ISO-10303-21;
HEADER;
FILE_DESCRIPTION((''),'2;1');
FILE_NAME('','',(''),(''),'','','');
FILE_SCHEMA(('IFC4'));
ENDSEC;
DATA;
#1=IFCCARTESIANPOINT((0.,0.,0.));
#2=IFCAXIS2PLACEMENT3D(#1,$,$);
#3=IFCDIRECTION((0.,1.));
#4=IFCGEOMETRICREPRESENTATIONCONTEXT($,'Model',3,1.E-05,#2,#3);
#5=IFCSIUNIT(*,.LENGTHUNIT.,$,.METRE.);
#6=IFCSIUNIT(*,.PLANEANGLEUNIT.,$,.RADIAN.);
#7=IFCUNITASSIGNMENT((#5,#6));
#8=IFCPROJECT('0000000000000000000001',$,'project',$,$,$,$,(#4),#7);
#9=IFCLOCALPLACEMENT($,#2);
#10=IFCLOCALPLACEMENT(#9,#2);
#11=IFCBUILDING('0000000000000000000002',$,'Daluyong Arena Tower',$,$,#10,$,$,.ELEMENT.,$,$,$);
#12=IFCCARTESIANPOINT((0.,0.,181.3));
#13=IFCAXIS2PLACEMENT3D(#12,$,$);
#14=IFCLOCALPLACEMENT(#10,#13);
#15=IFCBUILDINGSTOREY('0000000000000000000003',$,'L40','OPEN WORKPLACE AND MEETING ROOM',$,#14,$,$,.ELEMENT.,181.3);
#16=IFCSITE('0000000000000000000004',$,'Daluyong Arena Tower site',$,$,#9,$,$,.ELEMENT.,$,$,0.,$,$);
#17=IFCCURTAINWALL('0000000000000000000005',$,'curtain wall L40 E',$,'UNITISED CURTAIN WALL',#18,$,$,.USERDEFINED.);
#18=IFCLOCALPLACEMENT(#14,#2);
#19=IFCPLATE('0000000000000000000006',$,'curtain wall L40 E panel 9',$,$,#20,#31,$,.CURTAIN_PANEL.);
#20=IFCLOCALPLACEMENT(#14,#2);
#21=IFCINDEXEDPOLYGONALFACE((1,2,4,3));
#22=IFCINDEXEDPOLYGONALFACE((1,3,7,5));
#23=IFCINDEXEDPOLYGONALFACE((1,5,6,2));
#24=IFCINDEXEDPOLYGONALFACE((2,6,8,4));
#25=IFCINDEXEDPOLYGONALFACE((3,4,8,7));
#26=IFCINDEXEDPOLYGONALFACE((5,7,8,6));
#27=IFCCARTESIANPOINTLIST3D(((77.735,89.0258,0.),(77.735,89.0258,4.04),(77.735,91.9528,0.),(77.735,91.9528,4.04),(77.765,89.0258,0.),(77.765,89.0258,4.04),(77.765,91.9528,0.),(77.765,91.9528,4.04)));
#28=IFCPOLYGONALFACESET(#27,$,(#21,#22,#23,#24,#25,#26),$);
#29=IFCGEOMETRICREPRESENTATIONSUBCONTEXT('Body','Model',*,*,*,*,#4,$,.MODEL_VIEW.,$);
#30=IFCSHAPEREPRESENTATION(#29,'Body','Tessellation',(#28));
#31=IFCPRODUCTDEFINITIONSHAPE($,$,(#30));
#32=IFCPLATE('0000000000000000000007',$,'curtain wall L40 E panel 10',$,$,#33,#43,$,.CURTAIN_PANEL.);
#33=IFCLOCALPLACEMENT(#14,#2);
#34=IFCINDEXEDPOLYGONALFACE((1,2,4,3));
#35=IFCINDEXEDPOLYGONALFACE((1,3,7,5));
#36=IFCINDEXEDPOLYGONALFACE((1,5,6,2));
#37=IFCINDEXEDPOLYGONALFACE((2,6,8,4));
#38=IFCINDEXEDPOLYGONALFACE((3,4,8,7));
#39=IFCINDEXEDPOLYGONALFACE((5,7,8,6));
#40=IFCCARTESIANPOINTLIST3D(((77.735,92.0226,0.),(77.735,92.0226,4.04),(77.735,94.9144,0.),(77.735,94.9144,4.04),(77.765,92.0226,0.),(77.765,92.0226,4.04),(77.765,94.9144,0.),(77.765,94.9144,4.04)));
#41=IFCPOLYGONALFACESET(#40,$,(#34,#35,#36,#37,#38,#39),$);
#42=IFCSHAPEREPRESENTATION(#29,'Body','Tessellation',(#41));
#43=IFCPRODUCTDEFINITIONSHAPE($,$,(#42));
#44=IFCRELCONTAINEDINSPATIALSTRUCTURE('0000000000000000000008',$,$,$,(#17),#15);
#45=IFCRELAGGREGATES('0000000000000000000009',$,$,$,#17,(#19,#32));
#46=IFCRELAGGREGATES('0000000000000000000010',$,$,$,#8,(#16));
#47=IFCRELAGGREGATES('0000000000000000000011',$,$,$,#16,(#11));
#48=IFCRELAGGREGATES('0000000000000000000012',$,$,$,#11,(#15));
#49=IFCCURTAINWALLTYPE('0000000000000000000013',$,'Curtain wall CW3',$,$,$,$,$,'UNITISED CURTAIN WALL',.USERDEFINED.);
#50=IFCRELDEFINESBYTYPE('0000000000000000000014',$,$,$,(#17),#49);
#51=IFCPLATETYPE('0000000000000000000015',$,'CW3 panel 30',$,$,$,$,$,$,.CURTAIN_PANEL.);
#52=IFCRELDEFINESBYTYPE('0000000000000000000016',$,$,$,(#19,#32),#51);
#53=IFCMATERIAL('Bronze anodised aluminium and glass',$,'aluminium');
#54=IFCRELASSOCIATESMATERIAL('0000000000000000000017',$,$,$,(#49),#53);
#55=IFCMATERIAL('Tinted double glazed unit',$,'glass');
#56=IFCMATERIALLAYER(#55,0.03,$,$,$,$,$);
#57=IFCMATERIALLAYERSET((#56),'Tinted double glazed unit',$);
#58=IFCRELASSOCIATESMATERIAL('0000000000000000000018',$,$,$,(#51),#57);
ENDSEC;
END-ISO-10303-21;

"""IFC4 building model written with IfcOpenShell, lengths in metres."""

from ifc_helpers import new_model, si_unit, direction, frame, origin, origin_2d, place, context, subcontext, project, spatial, rectangle, extrude, material, layer, layer_set, type_object, element, aggregate, save


model = new_model("IFC4")

# Units and contexts
model_context = context("Model", 3, precision=1e-05, world=origin(), true_north=direction((0.0, 1.0)))
body_context = subcontext(model_context, "Body", "Model", "MODEL_VIEW")
ifc_project = project(units=[si_unit("LENGTHUNIT", "METRE"), si_unit("PLANEANGLEUNIT", "RADIAN")], contexts=[model_context])

# Site, building, storey
site_placement = place(None, origin())
site = spatial("IfcSite", under=ifc_project, at=site_placement, Name="Daluyong Arena Tower site", CompositionType="ELEMENT", RefElevation=0.0)
building_placement = place(site_placement, origin())
building = spatial("IfcBuilding", under=site, at=building_placement, Name="Daluyong Arena Tower", CompositionType="ELEMENT")
storey_placement = place(building_placement, frame((0.0, 0.0, 181.3)))
storey = spatial("IfcBuildingStorey", under=building, at=storey_placement, Name="L40", Description="OPEN WORKPLACE AND MEETING ROOM", CompositionType="ELEMENT", Elevation=181.3)

# Curtain wall
ifc_material_1 = material(Name="Bronze anodised aluminium and glass", Category="aluminium")
curtain_wall_type = type_object("IfcCurtainWallType", Name="Curtain wall CW3", ElementType="UNITISED CURTAIN WALL", PredefinedType="USERDEFINED", material=ifc_material_1)
curtain_wall_placement = place(storey_placement, origin())
curtain_wall = element("IfcCurtainWall", 1, at=curtain_wall_placement, inside=storey, type_object=curtain_wall_type, Name="curtain wall L40 E", ObjectType="UNITISED CURTAIN WALL", PredefinedType="USERDEFINED")

# Plates
ifc_material_2 = material(Name="Tinted double glazed unit", Category="glass")
ifc_layer = layer(ifc_material_2, 0.03)
ifc_layer_set = layer_set([ifc_layer], Name="Tinted double glazed unit")
plate_type = type_object("IfcPlateType", Name="CW3 panel 30", PredefinedType="CURTAIN_PANEL", material=ifc_layer_set)
plate_1_placement = place(storey_placement, frame((77.75, 90.4893, 0.0), z_axis=(0.0, 0.0, 1.0), x_axis=(0.0, 1.0, 0.0)))
plate_1 = element("IfcPlate", 2, at=plate_1_placement, type_object=plate_type, Name="curtain wall L40 E panel 9", PredefinedType="CURTAIN_PANEL", context=body_context, shape_type="SweptSolid", body=[
    extrude(rectangle(XDim=2.927, YDim=0.03, at=origin_2d()), origin(), (0.0, 0.0, 1.0), 4.04),
])
plate_2_placement = place(storey_placement, frame((77.75, 93.4685, 0.0), z_axis=(0.0, 0.0, 1.0), x_axis=(0.0, 1.0, 0.0)))
plate_2 = element("IfcPlate", 3, at=plate_2_placement, type_object=plate_type, Name="curtain wall L40 E panel 10", PredefinedType="CURTAIN_PANEL", context=body_context, shape_type="SweptSolid", body=[
    extrude(rectangle(XDim=2.8918, YDim=0.03, at=origin_2d()), origin(), (0.0, 0.0, 1.0), 4.04),
])
aggregate(curtain_wall, [plate_1, plate_2])

save(model, "model.ifc")
